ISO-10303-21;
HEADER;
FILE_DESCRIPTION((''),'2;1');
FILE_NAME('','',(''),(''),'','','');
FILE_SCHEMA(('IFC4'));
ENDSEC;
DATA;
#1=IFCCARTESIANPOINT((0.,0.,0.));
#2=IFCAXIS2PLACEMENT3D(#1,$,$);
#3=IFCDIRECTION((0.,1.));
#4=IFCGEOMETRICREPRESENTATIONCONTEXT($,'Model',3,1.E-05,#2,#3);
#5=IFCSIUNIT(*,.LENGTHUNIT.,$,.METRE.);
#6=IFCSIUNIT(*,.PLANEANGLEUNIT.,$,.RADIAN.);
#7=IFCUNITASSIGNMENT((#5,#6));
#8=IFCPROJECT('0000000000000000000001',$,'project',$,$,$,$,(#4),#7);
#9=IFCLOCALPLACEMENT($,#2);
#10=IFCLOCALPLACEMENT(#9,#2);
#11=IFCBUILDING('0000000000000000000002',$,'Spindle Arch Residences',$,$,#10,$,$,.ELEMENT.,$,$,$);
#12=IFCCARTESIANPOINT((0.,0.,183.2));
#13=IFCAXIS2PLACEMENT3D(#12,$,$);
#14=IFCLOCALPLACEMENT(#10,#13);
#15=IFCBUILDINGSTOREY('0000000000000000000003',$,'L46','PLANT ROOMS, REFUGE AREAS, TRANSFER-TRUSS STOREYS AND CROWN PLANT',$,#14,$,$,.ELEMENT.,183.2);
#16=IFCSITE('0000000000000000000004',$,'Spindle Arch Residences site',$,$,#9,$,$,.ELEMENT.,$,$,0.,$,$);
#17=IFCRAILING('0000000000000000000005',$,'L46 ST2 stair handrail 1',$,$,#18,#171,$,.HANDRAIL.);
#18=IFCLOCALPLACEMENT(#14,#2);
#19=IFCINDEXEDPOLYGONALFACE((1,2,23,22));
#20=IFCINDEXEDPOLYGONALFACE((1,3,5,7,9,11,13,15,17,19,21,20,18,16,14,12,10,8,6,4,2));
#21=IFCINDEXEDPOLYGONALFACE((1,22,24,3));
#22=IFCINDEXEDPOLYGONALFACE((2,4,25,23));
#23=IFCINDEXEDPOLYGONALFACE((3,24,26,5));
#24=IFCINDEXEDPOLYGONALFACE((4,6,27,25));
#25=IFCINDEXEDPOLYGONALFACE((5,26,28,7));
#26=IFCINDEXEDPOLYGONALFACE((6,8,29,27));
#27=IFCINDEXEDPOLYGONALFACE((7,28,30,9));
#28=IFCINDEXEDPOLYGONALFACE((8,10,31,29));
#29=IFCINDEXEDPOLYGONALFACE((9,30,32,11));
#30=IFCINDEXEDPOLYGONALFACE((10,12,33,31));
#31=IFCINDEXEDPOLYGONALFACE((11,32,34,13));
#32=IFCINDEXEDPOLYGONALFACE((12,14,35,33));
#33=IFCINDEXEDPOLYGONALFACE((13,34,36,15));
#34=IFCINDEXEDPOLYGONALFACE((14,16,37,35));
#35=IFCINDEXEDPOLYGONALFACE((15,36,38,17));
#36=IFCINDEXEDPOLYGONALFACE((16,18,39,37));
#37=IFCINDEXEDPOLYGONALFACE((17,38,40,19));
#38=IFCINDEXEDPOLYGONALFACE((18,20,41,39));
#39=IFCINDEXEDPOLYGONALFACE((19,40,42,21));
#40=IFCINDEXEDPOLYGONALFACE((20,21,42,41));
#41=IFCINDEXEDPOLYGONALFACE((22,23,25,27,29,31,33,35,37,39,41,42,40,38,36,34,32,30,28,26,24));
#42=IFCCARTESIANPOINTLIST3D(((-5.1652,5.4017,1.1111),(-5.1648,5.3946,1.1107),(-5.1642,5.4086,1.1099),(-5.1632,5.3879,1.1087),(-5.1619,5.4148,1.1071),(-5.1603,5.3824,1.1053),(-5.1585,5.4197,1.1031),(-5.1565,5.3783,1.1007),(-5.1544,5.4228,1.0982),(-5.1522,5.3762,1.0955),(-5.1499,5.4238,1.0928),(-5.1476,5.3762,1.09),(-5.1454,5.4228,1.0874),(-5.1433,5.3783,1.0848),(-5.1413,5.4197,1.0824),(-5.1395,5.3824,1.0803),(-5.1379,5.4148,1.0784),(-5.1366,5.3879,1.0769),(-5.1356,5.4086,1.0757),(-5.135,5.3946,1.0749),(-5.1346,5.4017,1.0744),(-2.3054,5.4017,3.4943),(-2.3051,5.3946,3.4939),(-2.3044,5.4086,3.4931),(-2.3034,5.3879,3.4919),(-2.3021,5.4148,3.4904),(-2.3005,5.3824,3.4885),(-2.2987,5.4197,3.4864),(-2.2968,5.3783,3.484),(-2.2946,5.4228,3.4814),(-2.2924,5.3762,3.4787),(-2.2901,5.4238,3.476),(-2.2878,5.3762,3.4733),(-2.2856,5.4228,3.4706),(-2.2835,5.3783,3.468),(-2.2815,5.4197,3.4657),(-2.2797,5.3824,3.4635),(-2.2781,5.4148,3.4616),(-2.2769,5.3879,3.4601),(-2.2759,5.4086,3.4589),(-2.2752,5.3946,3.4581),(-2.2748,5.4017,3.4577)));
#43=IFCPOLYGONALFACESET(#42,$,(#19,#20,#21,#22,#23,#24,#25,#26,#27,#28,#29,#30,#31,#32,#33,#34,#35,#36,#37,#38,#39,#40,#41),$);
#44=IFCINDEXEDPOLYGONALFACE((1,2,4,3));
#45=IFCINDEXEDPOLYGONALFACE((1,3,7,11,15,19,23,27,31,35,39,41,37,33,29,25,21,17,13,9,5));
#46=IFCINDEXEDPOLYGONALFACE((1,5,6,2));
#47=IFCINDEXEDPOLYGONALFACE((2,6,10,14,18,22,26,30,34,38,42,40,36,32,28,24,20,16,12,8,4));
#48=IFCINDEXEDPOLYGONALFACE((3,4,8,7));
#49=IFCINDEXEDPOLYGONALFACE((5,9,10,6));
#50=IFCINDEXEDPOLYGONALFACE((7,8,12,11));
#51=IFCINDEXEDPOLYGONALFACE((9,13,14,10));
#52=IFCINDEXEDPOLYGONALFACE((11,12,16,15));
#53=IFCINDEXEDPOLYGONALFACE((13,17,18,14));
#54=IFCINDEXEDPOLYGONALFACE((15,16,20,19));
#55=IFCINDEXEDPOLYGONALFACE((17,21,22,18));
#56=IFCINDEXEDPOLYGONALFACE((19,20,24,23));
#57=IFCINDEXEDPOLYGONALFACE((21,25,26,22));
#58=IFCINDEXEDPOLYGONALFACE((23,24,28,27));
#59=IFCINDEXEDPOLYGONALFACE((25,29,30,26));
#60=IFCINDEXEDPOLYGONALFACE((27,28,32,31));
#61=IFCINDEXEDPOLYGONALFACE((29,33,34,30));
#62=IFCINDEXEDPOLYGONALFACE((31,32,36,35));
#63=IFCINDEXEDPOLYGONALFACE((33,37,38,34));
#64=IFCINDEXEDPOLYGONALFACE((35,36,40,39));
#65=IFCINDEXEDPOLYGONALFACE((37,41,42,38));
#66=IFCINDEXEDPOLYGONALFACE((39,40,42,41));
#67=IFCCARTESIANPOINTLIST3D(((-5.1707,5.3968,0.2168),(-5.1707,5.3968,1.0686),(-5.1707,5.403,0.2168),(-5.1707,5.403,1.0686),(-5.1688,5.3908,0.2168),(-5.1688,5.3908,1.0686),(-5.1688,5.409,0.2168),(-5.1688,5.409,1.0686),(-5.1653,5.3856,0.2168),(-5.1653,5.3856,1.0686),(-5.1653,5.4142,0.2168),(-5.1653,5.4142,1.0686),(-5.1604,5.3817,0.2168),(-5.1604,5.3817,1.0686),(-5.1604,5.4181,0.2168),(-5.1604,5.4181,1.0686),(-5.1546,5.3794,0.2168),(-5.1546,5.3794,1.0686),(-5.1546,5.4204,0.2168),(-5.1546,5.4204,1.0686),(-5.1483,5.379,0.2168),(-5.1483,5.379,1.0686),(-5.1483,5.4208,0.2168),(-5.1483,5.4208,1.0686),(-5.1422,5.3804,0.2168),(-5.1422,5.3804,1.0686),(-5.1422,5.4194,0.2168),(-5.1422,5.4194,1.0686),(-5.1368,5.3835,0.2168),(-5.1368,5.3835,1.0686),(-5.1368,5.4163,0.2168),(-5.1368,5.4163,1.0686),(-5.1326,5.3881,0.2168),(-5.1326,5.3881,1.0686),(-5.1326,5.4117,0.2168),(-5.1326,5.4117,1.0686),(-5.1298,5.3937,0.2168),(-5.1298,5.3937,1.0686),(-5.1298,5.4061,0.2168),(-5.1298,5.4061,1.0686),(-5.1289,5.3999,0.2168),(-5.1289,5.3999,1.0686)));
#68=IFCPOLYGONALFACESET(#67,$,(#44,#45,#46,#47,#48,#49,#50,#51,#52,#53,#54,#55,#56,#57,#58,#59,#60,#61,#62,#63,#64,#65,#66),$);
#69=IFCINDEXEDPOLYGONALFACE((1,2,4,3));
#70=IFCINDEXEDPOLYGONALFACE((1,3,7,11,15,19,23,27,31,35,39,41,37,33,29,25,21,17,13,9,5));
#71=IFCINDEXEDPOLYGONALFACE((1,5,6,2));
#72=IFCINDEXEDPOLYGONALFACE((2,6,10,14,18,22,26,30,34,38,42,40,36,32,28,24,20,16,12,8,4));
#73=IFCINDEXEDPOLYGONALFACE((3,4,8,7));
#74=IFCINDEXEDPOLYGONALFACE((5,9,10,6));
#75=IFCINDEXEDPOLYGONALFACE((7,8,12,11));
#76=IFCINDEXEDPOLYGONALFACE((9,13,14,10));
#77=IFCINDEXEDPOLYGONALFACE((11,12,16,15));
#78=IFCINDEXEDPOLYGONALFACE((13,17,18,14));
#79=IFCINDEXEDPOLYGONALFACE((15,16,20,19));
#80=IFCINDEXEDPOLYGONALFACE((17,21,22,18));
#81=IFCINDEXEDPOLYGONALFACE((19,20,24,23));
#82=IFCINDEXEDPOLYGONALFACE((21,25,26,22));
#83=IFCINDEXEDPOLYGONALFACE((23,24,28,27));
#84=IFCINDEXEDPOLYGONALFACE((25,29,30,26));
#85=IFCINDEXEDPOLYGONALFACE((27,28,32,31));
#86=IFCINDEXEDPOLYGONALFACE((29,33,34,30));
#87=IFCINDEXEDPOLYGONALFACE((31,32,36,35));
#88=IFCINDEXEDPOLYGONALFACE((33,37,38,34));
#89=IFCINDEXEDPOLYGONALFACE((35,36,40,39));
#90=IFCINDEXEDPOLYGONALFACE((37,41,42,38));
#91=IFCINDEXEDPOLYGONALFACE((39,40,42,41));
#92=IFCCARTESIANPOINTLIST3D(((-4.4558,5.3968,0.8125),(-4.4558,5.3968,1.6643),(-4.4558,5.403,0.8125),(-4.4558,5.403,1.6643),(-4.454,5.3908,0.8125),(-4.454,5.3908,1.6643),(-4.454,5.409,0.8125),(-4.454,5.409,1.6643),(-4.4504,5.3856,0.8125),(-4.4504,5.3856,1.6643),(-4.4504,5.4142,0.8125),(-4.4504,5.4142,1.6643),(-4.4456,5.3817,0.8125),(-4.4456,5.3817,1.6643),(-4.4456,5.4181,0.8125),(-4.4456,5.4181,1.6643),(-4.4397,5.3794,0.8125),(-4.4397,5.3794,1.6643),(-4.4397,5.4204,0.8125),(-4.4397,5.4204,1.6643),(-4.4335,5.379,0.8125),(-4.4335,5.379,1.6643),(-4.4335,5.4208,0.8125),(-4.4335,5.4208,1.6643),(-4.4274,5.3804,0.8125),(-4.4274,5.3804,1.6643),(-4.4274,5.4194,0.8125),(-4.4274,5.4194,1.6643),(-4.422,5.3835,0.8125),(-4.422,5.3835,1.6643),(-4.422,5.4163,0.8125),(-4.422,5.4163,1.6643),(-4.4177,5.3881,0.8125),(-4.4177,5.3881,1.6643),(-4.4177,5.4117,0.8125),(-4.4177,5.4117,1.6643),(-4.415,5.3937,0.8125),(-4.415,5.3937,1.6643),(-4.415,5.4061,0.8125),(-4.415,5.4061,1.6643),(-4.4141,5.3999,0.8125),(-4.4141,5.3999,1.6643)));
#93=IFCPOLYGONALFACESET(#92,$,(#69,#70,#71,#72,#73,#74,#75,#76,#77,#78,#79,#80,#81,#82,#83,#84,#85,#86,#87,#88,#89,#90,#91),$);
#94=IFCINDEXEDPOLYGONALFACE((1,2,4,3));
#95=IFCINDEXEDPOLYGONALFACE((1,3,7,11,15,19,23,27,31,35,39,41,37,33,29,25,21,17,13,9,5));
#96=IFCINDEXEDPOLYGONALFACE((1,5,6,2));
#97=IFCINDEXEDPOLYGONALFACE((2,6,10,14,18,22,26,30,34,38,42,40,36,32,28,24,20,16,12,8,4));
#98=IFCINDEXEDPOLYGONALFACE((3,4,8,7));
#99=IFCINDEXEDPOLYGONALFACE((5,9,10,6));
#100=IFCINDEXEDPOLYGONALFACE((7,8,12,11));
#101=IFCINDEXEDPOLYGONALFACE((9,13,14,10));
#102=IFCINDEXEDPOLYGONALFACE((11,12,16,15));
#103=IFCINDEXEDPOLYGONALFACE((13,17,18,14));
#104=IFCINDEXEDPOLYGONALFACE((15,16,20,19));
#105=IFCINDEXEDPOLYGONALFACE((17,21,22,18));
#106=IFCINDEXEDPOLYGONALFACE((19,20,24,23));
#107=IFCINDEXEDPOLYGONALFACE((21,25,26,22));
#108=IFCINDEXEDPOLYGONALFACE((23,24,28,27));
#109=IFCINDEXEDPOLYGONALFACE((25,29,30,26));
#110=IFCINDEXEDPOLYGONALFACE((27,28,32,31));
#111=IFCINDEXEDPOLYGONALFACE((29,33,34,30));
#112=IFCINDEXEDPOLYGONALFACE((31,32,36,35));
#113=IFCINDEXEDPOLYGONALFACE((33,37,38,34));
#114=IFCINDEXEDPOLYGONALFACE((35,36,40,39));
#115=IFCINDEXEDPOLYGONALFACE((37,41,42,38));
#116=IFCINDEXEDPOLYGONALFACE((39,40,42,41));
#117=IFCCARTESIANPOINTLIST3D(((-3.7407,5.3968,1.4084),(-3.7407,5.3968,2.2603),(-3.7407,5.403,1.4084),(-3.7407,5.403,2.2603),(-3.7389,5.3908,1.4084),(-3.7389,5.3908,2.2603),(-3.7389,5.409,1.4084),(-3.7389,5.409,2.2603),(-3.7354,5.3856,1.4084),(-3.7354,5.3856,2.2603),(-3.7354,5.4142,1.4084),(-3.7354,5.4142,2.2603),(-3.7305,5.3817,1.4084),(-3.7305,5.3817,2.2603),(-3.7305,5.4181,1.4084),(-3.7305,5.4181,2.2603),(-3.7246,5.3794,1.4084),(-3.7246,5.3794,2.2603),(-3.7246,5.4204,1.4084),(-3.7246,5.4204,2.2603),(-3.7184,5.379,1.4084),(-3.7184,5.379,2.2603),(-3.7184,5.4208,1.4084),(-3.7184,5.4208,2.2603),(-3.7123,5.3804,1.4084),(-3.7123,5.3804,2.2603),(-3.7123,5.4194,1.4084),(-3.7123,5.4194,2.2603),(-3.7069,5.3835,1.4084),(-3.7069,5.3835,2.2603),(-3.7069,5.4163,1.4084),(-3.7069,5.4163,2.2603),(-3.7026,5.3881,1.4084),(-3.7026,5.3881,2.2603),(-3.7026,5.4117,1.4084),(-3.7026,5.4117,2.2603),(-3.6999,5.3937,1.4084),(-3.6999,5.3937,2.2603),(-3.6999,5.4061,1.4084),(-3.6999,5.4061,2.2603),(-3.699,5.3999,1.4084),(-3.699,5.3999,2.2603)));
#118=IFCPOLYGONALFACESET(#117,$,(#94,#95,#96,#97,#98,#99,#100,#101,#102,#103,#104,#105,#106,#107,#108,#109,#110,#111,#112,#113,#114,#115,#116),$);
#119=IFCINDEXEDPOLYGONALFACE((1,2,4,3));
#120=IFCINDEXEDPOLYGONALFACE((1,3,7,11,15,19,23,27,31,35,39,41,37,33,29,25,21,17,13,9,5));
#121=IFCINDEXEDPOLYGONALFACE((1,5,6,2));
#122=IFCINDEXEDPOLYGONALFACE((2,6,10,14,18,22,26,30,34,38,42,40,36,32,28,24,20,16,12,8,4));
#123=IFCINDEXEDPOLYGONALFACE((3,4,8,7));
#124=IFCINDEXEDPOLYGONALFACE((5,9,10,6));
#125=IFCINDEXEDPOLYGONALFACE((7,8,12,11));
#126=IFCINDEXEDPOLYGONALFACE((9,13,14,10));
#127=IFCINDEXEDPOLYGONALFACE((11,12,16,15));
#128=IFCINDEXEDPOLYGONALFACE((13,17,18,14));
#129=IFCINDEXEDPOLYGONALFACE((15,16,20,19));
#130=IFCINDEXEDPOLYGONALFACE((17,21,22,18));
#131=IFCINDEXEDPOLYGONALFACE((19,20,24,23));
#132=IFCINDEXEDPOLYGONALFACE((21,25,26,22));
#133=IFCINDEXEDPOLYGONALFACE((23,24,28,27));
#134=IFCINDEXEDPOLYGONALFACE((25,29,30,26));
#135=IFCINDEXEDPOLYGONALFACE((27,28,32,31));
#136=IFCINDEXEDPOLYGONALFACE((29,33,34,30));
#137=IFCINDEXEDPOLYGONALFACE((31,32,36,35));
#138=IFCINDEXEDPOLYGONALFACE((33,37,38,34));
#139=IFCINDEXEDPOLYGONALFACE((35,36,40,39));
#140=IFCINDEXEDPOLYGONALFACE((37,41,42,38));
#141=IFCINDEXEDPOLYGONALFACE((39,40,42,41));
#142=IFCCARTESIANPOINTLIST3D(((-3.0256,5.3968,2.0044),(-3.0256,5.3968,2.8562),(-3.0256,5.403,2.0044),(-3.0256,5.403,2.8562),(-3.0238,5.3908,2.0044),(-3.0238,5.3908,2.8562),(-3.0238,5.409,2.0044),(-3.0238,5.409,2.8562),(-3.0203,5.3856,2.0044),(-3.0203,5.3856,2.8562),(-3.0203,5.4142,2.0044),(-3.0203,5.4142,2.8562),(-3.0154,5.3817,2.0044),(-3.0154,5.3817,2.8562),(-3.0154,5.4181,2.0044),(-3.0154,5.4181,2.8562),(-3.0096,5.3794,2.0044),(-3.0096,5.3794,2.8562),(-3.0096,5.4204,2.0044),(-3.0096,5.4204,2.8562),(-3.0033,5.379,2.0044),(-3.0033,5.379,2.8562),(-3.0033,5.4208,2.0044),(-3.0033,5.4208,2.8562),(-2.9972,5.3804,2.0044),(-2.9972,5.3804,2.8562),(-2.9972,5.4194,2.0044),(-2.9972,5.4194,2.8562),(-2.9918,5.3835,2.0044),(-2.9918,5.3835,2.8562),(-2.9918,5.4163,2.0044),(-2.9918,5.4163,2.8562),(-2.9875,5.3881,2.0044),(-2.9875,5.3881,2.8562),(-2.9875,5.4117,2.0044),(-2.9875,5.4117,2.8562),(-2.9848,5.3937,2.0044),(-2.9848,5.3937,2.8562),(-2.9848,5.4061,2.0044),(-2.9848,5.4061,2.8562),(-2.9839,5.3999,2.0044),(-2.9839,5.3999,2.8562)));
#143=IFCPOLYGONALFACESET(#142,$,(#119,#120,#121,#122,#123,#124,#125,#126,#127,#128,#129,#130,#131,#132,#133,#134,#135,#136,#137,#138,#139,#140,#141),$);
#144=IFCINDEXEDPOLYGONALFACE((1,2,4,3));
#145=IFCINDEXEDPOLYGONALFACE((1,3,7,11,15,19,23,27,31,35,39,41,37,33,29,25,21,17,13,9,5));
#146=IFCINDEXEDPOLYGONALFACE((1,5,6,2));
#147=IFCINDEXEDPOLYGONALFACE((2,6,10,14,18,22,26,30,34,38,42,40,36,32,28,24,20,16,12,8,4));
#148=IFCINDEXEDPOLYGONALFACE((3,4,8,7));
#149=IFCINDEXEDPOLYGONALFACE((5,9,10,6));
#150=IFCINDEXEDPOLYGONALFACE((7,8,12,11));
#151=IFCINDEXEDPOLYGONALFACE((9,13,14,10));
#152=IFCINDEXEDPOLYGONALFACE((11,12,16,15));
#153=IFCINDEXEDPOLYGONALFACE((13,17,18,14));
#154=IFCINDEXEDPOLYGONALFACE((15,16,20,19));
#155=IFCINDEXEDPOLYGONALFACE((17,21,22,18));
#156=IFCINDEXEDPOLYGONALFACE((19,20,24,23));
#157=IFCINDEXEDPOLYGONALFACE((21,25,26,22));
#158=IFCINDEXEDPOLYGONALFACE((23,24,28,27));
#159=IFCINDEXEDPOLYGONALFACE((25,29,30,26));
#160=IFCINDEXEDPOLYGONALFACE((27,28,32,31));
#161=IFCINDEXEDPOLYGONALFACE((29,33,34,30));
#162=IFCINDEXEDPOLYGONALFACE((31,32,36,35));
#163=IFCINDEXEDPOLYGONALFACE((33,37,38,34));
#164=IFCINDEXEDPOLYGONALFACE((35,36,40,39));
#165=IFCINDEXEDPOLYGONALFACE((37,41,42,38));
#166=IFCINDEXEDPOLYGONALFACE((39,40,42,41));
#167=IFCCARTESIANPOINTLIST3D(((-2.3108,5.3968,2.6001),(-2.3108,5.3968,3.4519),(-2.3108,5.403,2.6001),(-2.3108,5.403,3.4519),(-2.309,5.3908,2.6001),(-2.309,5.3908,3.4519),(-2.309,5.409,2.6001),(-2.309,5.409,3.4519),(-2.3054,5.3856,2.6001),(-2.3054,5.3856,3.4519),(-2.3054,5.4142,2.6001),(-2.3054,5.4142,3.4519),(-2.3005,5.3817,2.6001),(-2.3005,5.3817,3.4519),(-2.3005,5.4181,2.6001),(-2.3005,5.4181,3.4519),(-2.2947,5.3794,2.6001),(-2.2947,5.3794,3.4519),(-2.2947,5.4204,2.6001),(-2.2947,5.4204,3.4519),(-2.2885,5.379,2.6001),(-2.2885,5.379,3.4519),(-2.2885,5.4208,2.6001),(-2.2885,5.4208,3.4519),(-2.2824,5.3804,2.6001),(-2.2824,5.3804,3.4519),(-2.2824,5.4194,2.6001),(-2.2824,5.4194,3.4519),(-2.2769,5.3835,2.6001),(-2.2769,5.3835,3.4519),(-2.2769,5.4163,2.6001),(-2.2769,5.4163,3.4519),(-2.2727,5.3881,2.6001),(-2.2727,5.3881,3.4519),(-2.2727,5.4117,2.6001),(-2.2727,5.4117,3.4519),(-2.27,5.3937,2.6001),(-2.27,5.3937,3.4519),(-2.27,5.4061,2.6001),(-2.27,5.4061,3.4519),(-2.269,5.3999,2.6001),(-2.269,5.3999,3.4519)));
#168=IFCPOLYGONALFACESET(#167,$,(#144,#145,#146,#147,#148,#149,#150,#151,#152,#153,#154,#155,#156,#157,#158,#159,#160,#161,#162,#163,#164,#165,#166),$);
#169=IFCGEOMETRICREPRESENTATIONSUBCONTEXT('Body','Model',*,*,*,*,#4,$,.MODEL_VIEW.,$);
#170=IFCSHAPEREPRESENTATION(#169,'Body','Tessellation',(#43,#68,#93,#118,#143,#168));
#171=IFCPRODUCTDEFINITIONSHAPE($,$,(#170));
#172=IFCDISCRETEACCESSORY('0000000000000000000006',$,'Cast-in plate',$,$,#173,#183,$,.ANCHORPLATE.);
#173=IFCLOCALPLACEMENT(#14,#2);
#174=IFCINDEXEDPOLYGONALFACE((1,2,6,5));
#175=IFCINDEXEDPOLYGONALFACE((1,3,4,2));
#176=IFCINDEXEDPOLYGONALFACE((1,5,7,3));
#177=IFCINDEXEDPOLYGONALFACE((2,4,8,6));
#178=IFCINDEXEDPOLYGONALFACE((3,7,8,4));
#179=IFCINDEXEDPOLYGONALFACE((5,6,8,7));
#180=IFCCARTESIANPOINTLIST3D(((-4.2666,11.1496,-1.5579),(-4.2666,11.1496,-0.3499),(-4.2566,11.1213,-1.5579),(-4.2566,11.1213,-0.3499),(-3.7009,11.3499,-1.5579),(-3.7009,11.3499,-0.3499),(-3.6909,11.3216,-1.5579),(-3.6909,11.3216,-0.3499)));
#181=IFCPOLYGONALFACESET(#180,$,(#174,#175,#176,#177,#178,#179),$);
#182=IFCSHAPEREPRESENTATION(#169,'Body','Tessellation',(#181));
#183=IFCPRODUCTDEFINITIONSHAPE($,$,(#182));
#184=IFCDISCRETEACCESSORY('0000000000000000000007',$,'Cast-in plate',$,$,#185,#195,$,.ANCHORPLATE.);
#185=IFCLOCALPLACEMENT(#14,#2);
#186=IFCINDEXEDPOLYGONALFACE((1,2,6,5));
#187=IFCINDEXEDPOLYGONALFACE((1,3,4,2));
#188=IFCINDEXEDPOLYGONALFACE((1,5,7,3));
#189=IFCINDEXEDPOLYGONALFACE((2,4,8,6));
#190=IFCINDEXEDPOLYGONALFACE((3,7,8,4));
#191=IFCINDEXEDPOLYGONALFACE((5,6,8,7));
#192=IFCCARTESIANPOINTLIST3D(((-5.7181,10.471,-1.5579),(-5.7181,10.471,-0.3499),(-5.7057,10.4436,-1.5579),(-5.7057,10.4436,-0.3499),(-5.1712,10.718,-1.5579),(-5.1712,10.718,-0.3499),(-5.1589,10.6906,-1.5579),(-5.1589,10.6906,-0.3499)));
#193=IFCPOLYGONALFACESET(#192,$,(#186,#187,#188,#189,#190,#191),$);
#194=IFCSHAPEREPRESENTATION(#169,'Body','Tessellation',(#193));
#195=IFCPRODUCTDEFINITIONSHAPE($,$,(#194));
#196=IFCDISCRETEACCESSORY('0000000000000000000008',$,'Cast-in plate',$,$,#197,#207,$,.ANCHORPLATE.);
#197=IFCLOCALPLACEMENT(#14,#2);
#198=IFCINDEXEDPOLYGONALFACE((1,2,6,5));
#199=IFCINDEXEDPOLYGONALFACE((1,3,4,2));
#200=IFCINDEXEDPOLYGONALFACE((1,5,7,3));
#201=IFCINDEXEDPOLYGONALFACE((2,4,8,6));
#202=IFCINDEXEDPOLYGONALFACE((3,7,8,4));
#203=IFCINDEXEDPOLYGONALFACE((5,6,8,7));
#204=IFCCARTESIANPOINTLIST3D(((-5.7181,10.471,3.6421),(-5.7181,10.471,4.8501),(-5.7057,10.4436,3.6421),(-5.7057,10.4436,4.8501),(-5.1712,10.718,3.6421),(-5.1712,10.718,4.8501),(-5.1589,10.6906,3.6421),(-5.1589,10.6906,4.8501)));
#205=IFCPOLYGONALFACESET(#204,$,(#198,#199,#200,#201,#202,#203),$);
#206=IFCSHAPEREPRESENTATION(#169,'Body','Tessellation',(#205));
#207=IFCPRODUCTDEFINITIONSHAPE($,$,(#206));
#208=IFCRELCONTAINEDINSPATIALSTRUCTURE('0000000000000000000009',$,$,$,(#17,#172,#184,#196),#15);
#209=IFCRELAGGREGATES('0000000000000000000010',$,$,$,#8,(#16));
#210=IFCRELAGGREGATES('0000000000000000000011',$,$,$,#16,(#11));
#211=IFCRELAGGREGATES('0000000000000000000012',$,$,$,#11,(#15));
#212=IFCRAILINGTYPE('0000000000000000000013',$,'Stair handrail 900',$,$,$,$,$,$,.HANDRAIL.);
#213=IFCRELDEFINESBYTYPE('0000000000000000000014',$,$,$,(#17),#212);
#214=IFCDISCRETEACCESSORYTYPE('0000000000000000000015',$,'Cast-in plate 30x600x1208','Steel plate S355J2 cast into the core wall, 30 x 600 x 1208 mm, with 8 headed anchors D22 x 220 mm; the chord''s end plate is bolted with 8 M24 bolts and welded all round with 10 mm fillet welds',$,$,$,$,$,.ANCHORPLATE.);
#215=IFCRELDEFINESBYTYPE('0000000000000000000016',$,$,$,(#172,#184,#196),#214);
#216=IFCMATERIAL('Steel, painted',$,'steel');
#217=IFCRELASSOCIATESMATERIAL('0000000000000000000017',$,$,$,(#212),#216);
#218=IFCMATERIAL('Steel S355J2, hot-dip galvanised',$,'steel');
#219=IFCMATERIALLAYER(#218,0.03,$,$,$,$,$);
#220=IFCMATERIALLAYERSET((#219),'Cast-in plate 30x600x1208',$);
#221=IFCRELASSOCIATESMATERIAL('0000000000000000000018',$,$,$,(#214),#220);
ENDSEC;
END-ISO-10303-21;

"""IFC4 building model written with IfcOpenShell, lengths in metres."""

from ifc_helpers import new_model, si_unit, direction, frame, origin, origin_2d, place, context, subcontext, project, spatial, rectangle, circle, extrude, material, layer, layer_set, type_object, element, save


model = new_model("IFC4")

# Units and contexts
model_context = context("Model", 3, precision=1e-05, world=origin(), true_north=direction((0.0, 1.0)))
body_context = subcontext(model_context, "Body", "Model", "MODEL_VIEW")
ifc_project = project(units=[si_unit("LENGTHUNIT", "METRE"), si_unit("PLANEANGLEUNIT", "RADIAN")], contexts=[model_context])

# Site, building, storey
site_placement = place(None, origin())
site = spatial("IfcSite", under=ifc_project, at=site_placement, Name="Spindle Arch Residences site", CompositionType="ELEMENT", RefElevation=0.0)
building_placement = place(site_placement, origin())
building = spatial("IfcBuilding", under=site, at=building_placement, Name="Spindle Arch Residences", CompositionType="ELEMENT")
storey_placement = place(building_placement, frame((0.0, 0.0, 183.2)))
storey = spatial("IfcBuildingStorey", under=building, at=storey_placement, Name="L46", Description="PLANT ROOMS, REFUGE AREAS, TRANSFER-TRUSS STOREYS AND CROWN PLANT", CompositionType="ELEMENT", Elevation=183.2)

# Railing
ifc_material_1 = material(Name="Steel, painted", Category="steel")
railing_type_1 = type_object("IfcRailingType", Name="Stair handrail 900", PredefinedType="HANDRAIL", material=ifc_material_1)
railing_1_placement = place(storey_placement, frame((-5.1499, 5.3999, 0.2168)))
element("IfcRailing", 1, at=railing_1_placement, inside=storey, type_object=railing_type_1, Name="L46 ST2 stair handrail 1", PredefinedType="HANDRAIL", context=body_context, shape_type="SweptSolid", body=[
    extrude(circle(Radius=0.0239, at=origin_2d()), frame((0.0, 0.0, 0.876), z_axis=(0.768211, 0.0, 0.640197), x_axis=(0.0, 1.0, 0.0)), (0.0, 0.0, 1.0), 3.7227),
    extrude(circle(Radius=0.021, at=origin_2d()), origin(), (0.0, 0.0, 1.0), 0.8518),
    extrude(circle(Radius=0.021, at=origin_2d()), frame((0.7148, 0.0, 0.5957)), (0.0, 0.0, 1.0), 0.8518),
    extrude(circle(Radius=0.021, at=origin_2d()), frame((1.4299, 0.0, 1.1917)), (0.0, 0.0, 1.0), 0.8518),
    extrude(circle(Radius=0.021, at=origin_2d()), frame((2.145, 0.0, 1.7876)), (0.0, 0.0, 1.0), 0.8518),
    extrude(circle(Radius=0.021, at=origin_2d()), frame((2.8599, 0.0, 2.3833)), (0.0, 0.0, 1.0), 0.8518),
])

# Discrete accessories
ifc_material_2 = material(Name="Steel S355J2, hot-dip galvanised", Category="steel")
ifc_layer_1 = layer(ifc_material_2, 0.03)
ifc_layer_set_1 = layer_set([ifc_layer_1], Name="Cast-in plate 30x600x1208")
discrete_accessory_type = type_object("IfcDiscreteAccessoryType", Name="Cast-in plate 30x600x1208", Description="Steel plate S355J2 cast into the core wall, 30 x 600 x 1208 mm, with 8 headed anchors D22 x 220 mm; the chord's end plate is bolted with 8 M24 bolts and welded all round with 10 mm fillet welds", PredefinedType="ANCHORPLATE", material=ifc_layer_set_1)
for number, where, z_axis, x_axis, name in (
    (2, (-3.9788, 11.2356, -1.5579), (0.0, 0.0, 1.0), (-0.333805, 0.942642, 0.0), "Cast-in plate"),
    (3, (-5.4385, 10.5808, -1.5579), (0.0, 0.0, 1.0), (-0.411673, 0.911331, 0.0), "Cast-in plate"),
    (4, (-5.4385, 10.5808, 3.6421), (0.0, 0.0, 1.0), (-0.411673, 0.911331, 0.0), "Cast-in plate"),
):
    element("IfcDiscreteAccessory", number, at=place(storey_placement, frame(where, z_axis=z_axis, x_axis=x_axis)), inside=storey, type_object=discrete_accessory_type, Name=name, PredefinedType="ANCHORPLATE", context=body_context, shape_type="SweptSolid", body=[
        extrude(rectangle(XDim=0.03, YDim=0.6001, at=origin_2d()), origin(), (0.0, 0.0, 1.0), 1.208),
    ])

save(model, "model.ifc")
